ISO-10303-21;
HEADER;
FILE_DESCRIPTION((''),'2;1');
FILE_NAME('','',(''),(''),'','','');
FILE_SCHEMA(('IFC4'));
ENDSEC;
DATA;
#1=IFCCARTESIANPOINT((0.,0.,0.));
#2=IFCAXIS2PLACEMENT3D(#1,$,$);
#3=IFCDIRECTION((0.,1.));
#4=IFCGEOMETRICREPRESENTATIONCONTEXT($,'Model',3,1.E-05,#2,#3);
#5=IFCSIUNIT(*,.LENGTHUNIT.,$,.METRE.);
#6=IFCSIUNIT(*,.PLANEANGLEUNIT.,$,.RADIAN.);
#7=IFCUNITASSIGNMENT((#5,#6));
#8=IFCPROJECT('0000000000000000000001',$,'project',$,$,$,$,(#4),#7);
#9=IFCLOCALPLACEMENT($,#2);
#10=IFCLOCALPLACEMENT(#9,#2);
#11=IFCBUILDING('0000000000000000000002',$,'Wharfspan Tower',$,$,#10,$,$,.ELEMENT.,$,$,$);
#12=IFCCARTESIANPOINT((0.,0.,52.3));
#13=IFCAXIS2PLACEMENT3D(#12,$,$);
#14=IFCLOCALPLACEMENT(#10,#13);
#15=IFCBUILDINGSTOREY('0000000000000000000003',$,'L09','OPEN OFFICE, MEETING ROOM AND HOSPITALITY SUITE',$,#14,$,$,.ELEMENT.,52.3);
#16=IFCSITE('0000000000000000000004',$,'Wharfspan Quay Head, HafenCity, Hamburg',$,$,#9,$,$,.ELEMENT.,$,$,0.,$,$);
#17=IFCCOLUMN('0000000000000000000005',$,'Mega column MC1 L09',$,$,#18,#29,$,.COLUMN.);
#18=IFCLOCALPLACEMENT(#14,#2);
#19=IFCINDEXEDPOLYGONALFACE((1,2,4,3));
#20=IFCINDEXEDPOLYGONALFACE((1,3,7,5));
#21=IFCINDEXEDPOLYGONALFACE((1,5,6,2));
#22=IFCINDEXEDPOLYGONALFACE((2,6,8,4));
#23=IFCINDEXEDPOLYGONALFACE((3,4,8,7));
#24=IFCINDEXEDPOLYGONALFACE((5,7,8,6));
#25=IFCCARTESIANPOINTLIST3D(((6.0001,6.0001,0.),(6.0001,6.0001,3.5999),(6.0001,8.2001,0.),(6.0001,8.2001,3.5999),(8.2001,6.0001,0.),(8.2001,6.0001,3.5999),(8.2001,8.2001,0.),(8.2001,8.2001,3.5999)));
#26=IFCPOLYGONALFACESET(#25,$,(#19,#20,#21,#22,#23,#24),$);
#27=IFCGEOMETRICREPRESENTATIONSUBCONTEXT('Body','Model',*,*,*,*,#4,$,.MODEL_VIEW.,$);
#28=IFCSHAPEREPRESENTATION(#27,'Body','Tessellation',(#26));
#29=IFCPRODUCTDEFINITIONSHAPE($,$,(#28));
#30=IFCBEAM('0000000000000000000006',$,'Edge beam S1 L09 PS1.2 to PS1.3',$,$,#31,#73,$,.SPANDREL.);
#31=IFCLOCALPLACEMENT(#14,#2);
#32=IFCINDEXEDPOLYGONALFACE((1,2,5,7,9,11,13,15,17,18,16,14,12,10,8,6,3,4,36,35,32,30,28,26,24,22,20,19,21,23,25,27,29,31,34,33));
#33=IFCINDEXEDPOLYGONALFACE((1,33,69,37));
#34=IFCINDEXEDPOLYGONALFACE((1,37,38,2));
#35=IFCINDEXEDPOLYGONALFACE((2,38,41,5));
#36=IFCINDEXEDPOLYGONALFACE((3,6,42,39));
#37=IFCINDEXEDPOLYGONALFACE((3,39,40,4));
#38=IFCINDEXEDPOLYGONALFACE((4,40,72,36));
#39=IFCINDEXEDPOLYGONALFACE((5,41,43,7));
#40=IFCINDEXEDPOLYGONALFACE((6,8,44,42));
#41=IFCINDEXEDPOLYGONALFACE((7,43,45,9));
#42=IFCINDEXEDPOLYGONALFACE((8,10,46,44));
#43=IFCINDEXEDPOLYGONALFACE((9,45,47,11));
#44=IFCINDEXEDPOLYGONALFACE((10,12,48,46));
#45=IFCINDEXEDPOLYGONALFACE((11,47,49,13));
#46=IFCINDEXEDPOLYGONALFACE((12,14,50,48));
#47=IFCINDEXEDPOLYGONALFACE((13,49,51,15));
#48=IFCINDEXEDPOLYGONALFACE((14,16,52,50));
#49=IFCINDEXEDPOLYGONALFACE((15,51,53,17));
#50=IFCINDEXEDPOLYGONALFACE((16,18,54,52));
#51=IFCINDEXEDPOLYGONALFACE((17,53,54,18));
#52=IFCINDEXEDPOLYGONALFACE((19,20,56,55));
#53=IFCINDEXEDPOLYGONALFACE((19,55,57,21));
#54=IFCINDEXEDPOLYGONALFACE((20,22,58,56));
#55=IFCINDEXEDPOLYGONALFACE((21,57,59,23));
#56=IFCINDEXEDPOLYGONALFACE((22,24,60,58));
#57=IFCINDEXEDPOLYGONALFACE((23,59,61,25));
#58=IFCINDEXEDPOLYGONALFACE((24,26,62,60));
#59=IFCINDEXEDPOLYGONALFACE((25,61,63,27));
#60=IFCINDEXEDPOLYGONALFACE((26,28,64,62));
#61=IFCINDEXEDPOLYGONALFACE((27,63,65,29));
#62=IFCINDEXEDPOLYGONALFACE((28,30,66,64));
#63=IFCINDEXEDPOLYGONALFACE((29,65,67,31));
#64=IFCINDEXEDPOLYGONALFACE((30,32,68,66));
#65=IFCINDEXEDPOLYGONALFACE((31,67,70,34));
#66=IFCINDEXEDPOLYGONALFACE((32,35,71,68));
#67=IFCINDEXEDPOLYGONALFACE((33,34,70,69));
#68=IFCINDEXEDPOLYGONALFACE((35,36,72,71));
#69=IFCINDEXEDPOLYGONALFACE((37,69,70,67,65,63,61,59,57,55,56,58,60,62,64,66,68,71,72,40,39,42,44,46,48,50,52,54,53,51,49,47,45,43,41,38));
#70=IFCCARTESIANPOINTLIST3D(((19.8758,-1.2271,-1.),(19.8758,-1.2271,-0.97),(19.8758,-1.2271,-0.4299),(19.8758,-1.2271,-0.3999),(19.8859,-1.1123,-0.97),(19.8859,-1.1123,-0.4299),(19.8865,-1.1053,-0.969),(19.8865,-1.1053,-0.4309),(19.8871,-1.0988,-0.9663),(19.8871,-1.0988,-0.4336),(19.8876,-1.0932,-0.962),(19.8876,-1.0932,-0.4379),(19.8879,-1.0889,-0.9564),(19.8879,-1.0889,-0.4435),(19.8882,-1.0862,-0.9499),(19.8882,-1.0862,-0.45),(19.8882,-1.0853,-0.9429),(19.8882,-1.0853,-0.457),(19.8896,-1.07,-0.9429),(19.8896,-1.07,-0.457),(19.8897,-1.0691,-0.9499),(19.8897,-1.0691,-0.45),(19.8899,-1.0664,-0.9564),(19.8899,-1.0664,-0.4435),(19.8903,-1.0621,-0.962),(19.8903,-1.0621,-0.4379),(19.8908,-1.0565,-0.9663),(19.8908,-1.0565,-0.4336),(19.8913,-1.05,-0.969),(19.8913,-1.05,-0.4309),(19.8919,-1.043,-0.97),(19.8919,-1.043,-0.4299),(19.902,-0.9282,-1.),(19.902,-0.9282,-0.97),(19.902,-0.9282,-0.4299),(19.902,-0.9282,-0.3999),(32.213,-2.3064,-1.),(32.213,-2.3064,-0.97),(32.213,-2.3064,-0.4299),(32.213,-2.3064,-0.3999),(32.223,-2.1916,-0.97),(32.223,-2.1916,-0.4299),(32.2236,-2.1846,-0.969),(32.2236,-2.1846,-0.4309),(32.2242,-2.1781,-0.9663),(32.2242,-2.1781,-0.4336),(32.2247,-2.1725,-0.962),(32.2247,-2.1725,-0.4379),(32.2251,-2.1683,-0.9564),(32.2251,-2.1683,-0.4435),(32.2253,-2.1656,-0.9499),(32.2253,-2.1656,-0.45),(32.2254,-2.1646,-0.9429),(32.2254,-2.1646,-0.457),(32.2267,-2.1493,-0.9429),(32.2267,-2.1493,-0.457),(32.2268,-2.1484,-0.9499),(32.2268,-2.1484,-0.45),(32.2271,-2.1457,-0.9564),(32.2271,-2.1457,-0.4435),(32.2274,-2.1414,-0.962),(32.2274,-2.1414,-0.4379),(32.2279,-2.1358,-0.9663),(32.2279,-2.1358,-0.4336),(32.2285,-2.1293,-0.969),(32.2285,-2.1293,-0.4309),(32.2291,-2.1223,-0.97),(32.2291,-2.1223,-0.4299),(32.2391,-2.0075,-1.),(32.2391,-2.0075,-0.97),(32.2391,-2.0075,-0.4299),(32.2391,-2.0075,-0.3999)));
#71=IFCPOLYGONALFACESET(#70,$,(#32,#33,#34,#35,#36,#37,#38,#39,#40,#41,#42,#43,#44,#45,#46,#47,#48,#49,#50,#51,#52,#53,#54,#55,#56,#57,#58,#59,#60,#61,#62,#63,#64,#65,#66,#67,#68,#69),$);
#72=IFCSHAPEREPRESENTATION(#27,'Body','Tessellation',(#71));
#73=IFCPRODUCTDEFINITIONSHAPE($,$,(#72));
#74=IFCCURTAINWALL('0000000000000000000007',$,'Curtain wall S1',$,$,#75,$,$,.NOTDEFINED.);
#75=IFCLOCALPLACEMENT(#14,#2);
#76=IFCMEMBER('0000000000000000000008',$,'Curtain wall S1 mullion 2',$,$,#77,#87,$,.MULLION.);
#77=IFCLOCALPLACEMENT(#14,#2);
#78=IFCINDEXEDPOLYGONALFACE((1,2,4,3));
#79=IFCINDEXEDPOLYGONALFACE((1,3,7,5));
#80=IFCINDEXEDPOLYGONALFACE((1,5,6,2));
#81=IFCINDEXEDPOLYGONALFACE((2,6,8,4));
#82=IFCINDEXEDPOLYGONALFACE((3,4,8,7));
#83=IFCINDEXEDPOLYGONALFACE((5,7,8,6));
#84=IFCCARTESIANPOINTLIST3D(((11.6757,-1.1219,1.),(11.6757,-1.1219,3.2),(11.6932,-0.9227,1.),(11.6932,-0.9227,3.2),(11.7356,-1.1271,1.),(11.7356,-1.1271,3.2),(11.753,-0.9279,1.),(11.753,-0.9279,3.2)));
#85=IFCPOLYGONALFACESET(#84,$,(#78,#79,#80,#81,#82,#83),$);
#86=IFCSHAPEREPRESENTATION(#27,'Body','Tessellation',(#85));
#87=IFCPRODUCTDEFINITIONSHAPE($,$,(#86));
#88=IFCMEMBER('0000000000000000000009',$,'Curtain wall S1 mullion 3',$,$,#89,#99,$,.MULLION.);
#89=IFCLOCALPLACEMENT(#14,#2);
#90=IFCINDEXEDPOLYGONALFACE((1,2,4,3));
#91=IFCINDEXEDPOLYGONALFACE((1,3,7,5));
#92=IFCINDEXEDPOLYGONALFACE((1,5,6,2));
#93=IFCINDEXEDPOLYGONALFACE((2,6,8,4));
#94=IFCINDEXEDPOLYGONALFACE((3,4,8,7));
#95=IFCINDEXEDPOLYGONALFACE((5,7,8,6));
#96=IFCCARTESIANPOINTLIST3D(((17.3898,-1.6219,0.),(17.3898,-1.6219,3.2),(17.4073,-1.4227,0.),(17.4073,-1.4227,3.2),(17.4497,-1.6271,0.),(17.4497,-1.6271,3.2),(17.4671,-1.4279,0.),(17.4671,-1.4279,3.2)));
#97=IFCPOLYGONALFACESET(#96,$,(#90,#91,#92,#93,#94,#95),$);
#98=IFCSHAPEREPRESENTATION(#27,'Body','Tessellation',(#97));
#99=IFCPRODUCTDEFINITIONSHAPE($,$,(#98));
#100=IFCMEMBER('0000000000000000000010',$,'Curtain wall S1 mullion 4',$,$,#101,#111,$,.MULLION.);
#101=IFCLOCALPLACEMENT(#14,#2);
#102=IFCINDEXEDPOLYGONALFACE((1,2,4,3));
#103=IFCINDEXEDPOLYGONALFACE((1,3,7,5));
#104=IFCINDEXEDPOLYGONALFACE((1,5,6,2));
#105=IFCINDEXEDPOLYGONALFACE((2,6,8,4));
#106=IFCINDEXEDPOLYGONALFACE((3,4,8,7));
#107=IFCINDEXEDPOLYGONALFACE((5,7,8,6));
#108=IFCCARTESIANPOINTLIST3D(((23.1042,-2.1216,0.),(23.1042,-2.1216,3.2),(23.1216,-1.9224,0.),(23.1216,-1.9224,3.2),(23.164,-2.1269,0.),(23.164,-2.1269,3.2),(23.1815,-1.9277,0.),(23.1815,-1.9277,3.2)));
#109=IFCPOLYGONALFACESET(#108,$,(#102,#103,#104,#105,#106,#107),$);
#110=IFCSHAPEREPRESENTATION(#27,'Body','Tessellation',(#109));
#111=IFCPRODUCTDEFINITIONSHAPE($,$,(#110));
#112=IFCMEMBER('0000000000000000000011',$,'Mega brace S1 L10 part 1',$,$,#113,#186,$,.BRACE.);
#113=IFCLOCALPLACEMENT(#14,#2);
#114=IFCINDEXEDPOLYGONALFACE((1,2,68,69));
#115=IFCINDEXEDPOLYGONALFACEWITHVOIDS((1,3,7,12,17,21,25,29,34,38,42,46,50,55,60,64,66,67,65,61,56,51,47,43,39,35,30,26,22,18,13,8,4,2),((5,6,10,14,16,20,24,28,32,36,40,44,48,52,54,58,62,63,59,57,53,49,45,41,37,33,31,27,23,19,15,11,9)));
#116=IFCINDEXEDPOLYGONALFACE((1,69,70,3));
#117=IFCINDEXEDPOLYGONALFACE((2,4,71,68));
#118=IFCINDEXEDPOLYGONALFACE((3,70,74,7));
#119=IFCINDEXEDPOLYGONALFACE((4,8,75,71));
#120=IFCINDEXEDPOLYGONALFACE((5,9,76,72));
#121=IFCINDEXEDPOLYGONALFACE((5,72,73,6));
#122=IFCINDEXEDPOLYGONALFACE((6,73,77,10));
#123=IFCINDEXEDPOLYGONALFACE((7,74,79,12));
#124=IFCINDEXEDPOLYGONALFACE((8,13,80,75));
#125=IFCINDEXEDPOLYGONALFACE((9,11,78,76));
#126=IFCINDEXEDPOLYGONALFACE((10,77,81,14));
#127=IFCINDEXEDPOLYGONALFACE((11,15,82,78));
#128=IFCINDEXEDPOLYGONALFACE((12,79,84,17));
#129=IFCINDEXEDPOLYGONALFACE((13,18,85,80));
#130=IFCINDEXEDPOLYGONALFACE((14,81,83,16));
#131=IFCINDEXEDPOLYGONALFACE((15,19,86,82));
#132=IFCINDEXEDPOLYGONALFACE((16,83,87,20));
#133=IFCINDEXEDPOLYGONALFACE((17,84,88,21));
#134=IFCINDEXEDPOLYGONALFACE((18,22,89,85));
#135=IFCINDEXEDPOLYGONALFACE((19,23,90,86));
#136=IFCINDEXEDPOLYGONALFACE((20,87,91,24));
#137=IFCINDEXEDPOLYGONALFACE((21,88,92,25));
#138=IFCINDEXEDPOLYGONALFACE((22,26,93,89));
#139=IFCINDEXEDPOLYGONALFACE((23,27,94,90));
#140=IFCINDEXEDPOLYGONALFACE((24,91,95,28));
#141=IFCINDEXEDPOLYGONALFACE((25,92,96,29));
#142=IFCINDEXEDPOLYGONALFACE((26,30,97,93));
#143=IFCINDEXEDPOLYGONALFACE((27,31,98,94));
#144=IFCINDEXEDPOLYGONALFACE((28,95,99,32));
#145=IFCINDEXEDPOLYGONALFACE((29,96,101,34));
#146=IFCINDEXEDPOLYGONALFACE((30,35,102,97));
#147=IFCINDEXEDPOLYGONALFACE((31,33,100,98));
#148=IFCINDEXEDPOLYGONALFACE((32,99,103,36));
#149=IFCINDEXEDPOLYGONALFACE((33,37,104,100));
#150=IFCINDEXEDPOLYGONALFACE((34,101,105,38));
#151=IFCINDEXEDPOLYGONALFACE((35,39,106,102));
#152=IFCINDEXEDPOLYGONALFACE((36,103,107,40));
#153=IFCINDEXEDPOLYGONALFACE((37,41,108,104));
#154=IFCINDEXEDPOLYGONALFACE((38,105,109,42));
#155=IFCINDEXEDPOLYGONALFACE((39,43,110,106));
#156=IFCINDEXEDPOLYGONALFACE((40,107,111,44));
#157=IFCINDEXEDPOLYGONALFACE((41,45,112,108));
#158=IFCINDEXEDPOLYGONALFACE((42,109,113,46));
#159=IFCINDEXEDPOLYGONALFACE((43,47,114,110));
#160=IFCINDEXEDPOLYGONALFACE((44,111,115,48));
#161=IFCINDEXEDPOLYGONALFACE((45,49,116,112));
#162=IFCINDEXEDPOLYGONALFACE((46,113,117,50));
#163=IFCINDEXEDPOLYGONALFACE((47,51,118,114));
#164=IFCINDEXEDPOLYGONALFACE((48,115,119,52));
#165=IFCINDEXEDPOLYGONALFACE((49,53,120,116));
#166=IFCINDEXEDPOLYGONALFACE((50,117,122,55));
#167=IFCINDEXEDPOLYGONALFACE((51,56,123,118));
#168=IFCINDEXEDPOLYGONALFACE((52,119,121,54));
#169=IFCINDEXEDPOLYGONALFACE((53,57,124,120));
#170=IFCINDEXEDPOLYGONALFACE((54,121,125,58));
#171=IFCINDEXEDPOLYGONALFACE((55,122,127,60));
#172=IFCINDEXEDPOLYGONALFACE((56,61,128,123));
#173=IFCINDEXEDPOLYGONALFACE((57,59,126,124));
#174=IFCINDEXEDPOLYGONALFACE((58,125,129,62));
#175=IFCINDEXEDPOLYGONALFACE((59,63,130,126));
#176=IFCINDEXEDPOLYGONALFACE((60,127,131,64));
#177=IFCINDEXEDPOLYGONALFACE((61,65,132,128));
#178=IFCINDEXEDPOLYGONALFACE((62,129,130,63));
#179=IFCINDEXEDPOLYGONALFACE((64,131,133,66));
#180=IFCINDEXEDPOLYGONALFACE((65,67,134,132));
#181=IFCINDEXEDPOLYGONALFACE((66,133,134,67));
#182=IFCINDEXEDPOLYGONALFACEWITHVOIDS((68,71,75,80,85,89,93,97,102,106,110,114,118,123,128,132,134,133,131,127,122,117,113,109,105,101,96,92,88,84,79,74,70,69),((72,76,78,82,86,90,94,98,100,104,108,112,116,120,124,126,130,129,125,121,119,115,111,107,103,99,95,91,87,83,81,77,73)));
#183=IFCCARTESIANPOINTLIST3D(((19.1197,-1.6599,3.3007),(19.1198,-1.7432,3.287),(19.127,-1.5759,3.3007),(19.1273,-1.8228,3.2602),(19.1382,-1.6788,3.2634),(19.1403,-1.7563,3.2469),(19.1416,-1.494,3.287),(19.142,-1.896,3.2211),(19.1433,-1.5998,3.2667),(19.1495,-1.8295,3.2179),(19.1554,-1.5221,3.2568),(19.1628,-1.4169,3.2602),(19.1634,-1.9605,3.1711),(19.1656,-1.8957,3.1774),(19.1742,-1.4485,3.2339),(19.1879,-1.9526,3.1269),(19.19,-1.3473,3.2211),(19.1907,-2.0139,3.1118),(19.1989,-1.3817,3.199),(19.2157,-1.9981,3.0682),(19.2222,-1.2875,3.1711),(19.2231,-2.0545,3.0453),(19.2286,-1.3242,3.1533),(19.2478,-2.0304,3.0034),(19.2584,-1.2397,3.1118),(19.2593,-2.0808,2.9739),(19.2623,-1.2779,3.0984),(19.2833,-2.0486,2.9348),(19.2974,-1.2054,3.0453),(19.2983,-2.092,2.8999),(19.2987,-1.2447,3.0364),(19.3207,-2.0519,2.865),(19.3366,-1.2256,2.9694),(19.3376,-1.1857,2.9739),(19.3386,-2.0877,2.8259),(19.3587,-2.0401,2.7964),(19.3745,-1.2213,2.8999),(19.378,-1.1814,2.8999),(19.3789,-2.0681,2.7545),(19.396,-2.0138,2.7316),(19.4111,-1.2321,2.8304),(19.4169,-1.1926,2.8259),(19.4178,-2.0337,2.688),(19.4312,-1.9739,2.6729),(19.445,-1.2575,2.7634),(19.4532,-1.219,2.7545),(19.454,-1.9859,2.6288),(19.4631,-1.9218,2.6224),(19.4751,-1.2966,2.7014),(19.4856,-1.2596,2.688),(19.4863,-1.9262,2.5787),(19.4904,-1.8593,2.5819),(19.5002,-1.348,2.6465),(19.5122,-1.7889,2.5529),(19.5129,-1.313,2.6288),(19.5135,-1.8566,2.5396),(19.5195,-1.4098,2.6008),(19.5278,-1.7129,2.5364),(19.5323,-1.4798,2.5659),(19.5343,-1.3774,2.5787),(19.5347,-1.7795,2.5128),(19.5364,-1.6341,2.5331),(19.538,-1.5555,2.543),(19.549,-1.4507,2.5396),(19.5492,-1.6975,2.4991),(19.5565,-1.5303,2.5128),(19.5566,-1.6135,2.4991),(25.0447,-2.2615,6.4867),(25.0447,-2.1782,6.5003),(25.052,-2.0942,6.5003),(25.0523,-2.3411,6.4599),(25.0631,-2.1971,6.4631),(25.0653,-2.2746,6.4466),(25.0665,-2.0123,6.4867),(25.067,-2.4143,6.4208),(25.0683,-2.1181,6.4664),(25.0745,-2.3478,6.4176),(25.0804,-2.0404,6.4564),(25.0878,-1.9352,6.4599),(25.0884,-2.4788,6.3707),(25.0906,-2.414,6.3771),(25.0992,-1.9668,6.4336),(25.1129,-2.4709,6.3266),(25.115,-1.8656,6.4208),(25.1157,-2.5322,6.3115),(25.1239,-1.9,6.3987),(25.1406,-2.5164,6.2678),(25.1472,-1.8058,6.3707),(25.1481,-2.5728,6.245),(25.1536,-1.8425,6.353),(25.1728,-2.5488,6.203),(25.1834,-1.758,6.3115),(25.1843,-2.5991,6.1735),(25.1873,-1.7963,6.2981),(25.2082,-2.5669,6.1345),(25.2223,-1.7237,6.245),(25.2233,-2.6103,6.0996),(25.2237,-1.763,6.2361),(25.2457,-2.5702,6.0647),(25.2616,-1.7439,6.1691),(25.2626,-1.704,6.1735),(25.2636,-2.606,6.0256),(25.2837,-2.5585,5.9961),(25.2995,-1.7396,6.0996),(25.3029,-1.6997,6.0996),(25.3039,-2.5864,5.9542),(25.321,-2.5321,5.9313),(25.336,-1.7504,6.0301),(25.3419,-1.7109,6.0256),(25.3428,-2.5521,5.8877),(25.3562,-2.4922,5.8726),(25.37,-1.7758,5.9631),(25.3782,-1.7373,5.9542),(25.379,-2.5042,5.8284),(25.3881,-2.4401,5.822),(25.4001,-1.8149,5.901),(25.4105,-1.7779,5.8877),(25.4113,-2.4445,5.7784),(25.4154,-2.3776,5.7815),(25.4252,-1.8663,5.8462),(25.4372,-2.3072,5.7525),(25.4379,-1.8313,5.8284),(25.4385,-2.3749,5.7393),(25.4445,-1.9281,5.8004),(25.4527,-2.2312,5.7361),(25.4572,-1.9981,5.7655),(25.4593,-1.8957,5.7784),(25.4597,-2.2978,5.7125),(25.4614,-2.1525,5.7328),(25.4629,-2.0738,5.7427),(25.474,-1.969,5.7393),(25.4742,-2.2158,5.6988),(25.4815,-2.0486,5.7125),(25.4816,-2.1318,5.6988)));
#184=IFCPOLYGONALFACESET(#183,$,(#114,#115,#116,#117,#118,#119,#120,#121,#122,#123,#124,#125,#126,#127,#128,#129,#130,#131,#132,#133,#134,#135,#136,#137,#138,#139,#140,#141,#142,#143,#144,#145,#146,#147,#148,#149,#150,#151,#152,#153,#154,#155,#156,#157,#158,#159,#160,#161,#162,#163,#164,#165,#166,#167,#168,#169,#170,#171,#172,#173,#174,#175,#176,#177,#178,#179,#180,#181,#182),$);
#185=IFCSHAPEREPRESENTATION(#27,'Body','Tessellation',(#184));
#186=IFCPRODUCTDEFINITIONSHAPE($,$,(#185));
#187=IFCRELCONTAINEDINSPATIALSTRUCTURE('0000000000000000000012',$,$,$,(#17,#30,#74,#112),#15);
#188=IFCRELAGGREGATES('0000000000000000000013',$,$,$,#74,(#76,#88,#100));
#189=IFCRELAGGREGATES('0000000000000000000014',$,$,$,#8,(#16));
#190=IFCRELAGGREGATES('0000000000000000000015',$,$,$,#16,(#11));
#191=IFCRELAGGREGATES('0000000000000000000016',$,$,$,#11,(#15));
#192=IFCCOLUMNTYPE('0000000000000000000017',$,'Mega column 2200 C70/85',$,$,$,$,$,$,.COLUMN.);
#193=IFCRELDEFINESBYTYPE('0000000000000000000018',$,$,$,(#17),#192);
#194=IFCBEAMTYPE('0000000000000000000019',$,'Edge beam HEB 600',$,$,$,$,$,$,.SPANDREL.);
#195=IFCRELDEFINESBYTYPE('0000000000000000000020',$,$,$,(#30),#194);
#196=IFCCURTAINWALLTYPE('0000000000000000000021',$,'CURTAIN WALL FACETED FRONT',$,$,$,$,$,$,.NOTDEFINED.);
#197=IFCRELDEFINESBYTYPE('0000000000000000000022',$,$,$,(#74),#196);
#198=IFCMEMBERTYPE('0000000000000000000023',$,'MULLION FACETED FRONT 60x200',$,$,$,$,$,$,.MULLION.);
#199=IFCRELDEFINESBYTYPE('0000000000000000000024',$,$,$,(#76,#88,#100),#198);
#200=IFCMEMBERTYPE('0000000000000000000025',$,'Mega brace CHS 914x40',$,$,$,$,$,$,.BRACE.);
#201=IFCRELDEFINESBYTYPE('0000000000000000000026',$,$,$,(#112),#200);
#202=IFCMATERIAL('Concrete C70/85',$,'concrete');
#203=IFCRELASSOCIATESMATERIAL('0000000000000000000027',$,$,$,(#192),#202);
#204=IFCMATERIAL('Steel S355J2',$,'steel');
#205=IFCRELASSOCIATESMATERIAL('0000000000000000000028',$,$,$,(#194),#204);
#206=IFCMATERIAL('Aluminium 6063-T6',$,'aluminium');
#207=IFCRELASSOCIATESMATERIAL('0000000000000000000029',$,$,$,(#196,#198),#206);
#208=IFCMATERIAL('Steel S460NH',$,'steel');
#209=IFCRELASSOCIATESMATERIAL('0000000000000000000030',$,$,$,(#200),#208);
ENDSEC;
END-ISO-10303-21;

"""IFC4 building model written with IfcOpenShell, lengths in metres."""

from ifc_helpers import new_model, si_unit, direction, frame, origin, origin_2d, place, context, subcontext, project, spatial, rectangle, hollow_circle, i_section, extrude, material, material_profile, profile_set, type_object, element, aggregate, save


model = new_model("IFC4")

# Units and contexts
model_context = context("Model", 3, precision=1e-05, world=origin(), true_north=direction((0.0, 1.0)))
body_context = subcontext(model_context, "Body", "Model", "MODEL_VIEW")
ifc_project = project(units=[si_unit("LENGTHUNIT", "METRE"), si_unit("PLANEANGLEUNIT", "RADIAN")], contexts=[model_context])

# Site, building, storey
site_placement = place(None, origin())
site = spatial("IfcSite", under=ifc_project, at=site_placement, Name="Wharfspan Quay Head, HafenCity, Hamburg", CompositionType="ELEMENT", RefElevation=0.0)
building_placement = place(site_placement, origin())
building = spatial("IfcBuilding", under=site, at=building_placement, Name="Wharfspan Tower", CompositionType="ELEMENT")
storey_placement = place(building_placement, frame((0.0, 0.0, 52.3)))
storey = spatial("IfcBuildingStorey", under=building, at=storey_placement, Name="L09", Description="OPEN OFFICE, MEETING ROOM AND HOSPITALITY SUITE", CompositionType="ELEMENT", Elevation=52.3)

# Column
ifc_material_1 = material(Name="Steel S355J2", Category="steel")
ifc_material_2 = material(Name="Concrete C70/85", Category="concrete")
ifc_material_profile_1 = material_profile(ifc_material_2, rectangle(XDim=2.2, YDim=2.2, at=origin_2d()))
ifc_profile_set_1 = profile_set([ifc_material_profile_1], Name="Concrete C70/85")
column_type_1 = type_object("IfcColumnType", Name="Mega column 2200 C70/85", PredefinedType="COLUMN", material=ifc_profile_set_1)
column_placement = place(storey_placement, frame((7.1001, 7.1001, 0.0), z_axis=(0.0, 0.0, 1.0), x_axis=(1.0, 0.0, 0.0)))
element("IfcColumn", 1, at=column_placement, inside=storey, type_object=column_type_1, Name="Mega column MC1 L09", PredefinedType="COLUMN", context=body_context, shape_type="SweptSolid", body=[
    extrude(rectangle(XDim=2.2, YDim=2.2, at=origin_2d()), origin(), (0.0, 0.0, 1.0), 3.5999),
])

# Beam
ifc_material_profile_2 = material_profile(ifc_material_1, i_section(OverallWidth=0.3, OverallDepth=0.6001, WebThickness=0.0154, FlangeThickness=0.03, FilletRadius=0.0271, at=origin_2d()))
ifc_profile_set_2 = profile_set([ifc_material_profile_2], Name="Steel S355J2")
beam_type = type_object("IfcBeamType", Name="Edge beam HEB 600", PredefinedType="SPANDREL", material=ifc_profile_set_2)
beam_placement = place(storey_placement, frame((19.8889, -1.0776, -0.7), z_axis=(0.996195, -0.087154, 0.0), x_axis=(0.087154, 0.996195, 0.0)))
element("IfcBeam", 2, at=beam_placement, inside=storey, type_object=beam_type, Name="Edge beam S1 L09 PS1.2 to PS1.3", PredefinedType="SPANDREL", context=body_context, shape_type="SweptSolid", body=[
    extrude(i_section(OverallWidth=0.3, OverallDepth=0.6001, WebThickness=0.0154, FlangeThickness=0.03, FilletRadius=0.0271, at=origin_2d()), origin(), (0.0, 0.0, 1.0), 12.3843),
])

# Curtain wall, members
ifc_material_3 = material(Name="Aluminium 6063-T6", Category="aluminium")
curtain_wall_type = type_object("IfcCurtainWallType", Name="CURTAIN WALL FACETED FRONT", PredefinedType="NOTDEFINED", material=ifc_material_3)
curtain_wall_placement = place(storey_placement, origin())
curtain_wall = element("IfcCurtainWall", 3, at=curtain_wall_placement, inside=storey, type_object=curtain_wall_type, Name="Curtain wall S1", PredefinedType="NOTDEFINED")
ifc_material_profile_3 = material_profile(ifc_material_3, rectangle(XDim=0.2, YDim=0.0601, at=origin_2d()))
ifc_profile_set_3 = profile_set([ifc_material_profile_3], Name="Aluminium 6063-T6")
member_type_1 = type_object("IfcMemberType", Name="MULLION FACETED FRONT 60x200", PredefinedType="MULLION", material=ifc_profile_set_3)
member_1_placement = place(storey_placement, frame((11.7144, -1.0249, 1.0), z_axis=(0.0, 0.0, 1.0), x_axis=(0.087156, 0.996197, 0.0)))
member_1 = element("IfcMember", 4, at=member_1_placement, type_object=member_type_1, Name="Curtain wall S1 mullion 2", PredefinedType="MULLION", context=body_context, shape_type="SweptSolid", body=[
    extrude(rectangle(XDim=0.2, YDim=0.0601, at=origin_2d()), origin(), (0.0, 0.0, 1.0), 2.2),
])
member_2_placement = place(storey_placement, frame((17.4285, -1.5249, 0.0), z_axis=(0.0, 0.0, 1.0), x_axis=(0.087156, 0.996197, 0.0)))
member_2 = element("IfcMember", 5, at=member_2_placement, type_object=member_type_1, Name="Curtain wall S1 mullion 3", PredefinedType="MULLION", context=body_context, shape_type="SweptSolid", body=[
    extrude(rectangle(XDim=0.2, YDim=0.0601, at=origin_2d()), origin(), (0.0, 0.0, 1.0), 3.2),
])
member_3_placement = place(storey_placement, frame((23.1428, -2.0247, 0.0), z_axis=(0.0, 0.0, 1.0), x_axis=(0.087156, 0.996197, 0.0)))
member_3 = element("IfcMember", 6, at=member_3_placement, type_object=member_type_1, Name="Curtain wall S1 mullion 4", PredefinedType="MULLION", context=body_context, shape_type="SweptSolid", body=[
    extrude(rectangle(XDim=0.2, YDim=0.0601, at=origin_2d()), origin(), (0.0, 0.0, 1.0), 3.2),
])

# Member
ifc_material_4 = material(Name="Steel S460NH", Category="steel")
ifc_material_profile_4 = material_profile(ifc_material_4, hollow_circle(Radius=0.457, WallThickness=0.04, at=origin_2d()))
ifc_profile_set_4 = profile_set([ifc_material_profile_4], Name="Steel S460NH")
member_type_2 = type_object("IfcMemberType", Name="Mega brace CHS 914x40", PredefinedType="BRACE", material=ifc_profile_set_4)
member_4_placement = place(storey_placement, frame((19.3381, -1.6367, 2.8999), z_axis=(0.877299, -0.076744, 0.473768), x_axis=(0.087145, 0.996198, 0.0)))
element("IfcMember", 7, at=member_4_placement, inside=storey, type_object=member_type_2, Name="Mega brace S1 L10 part 1", PredefinedType="BRACE", context=body_context, shape_type="SweptSolid", body=[
    extrude(hollow_circle(Radius=0.457, WallThickness=0.04, at=origin_2d()), origin(), (0.0, 0.0, 1.0), 6.7537),
])

aggregate(curtain_wall, [member_1, member_2, member_3])

save(model, "model.ifc")
